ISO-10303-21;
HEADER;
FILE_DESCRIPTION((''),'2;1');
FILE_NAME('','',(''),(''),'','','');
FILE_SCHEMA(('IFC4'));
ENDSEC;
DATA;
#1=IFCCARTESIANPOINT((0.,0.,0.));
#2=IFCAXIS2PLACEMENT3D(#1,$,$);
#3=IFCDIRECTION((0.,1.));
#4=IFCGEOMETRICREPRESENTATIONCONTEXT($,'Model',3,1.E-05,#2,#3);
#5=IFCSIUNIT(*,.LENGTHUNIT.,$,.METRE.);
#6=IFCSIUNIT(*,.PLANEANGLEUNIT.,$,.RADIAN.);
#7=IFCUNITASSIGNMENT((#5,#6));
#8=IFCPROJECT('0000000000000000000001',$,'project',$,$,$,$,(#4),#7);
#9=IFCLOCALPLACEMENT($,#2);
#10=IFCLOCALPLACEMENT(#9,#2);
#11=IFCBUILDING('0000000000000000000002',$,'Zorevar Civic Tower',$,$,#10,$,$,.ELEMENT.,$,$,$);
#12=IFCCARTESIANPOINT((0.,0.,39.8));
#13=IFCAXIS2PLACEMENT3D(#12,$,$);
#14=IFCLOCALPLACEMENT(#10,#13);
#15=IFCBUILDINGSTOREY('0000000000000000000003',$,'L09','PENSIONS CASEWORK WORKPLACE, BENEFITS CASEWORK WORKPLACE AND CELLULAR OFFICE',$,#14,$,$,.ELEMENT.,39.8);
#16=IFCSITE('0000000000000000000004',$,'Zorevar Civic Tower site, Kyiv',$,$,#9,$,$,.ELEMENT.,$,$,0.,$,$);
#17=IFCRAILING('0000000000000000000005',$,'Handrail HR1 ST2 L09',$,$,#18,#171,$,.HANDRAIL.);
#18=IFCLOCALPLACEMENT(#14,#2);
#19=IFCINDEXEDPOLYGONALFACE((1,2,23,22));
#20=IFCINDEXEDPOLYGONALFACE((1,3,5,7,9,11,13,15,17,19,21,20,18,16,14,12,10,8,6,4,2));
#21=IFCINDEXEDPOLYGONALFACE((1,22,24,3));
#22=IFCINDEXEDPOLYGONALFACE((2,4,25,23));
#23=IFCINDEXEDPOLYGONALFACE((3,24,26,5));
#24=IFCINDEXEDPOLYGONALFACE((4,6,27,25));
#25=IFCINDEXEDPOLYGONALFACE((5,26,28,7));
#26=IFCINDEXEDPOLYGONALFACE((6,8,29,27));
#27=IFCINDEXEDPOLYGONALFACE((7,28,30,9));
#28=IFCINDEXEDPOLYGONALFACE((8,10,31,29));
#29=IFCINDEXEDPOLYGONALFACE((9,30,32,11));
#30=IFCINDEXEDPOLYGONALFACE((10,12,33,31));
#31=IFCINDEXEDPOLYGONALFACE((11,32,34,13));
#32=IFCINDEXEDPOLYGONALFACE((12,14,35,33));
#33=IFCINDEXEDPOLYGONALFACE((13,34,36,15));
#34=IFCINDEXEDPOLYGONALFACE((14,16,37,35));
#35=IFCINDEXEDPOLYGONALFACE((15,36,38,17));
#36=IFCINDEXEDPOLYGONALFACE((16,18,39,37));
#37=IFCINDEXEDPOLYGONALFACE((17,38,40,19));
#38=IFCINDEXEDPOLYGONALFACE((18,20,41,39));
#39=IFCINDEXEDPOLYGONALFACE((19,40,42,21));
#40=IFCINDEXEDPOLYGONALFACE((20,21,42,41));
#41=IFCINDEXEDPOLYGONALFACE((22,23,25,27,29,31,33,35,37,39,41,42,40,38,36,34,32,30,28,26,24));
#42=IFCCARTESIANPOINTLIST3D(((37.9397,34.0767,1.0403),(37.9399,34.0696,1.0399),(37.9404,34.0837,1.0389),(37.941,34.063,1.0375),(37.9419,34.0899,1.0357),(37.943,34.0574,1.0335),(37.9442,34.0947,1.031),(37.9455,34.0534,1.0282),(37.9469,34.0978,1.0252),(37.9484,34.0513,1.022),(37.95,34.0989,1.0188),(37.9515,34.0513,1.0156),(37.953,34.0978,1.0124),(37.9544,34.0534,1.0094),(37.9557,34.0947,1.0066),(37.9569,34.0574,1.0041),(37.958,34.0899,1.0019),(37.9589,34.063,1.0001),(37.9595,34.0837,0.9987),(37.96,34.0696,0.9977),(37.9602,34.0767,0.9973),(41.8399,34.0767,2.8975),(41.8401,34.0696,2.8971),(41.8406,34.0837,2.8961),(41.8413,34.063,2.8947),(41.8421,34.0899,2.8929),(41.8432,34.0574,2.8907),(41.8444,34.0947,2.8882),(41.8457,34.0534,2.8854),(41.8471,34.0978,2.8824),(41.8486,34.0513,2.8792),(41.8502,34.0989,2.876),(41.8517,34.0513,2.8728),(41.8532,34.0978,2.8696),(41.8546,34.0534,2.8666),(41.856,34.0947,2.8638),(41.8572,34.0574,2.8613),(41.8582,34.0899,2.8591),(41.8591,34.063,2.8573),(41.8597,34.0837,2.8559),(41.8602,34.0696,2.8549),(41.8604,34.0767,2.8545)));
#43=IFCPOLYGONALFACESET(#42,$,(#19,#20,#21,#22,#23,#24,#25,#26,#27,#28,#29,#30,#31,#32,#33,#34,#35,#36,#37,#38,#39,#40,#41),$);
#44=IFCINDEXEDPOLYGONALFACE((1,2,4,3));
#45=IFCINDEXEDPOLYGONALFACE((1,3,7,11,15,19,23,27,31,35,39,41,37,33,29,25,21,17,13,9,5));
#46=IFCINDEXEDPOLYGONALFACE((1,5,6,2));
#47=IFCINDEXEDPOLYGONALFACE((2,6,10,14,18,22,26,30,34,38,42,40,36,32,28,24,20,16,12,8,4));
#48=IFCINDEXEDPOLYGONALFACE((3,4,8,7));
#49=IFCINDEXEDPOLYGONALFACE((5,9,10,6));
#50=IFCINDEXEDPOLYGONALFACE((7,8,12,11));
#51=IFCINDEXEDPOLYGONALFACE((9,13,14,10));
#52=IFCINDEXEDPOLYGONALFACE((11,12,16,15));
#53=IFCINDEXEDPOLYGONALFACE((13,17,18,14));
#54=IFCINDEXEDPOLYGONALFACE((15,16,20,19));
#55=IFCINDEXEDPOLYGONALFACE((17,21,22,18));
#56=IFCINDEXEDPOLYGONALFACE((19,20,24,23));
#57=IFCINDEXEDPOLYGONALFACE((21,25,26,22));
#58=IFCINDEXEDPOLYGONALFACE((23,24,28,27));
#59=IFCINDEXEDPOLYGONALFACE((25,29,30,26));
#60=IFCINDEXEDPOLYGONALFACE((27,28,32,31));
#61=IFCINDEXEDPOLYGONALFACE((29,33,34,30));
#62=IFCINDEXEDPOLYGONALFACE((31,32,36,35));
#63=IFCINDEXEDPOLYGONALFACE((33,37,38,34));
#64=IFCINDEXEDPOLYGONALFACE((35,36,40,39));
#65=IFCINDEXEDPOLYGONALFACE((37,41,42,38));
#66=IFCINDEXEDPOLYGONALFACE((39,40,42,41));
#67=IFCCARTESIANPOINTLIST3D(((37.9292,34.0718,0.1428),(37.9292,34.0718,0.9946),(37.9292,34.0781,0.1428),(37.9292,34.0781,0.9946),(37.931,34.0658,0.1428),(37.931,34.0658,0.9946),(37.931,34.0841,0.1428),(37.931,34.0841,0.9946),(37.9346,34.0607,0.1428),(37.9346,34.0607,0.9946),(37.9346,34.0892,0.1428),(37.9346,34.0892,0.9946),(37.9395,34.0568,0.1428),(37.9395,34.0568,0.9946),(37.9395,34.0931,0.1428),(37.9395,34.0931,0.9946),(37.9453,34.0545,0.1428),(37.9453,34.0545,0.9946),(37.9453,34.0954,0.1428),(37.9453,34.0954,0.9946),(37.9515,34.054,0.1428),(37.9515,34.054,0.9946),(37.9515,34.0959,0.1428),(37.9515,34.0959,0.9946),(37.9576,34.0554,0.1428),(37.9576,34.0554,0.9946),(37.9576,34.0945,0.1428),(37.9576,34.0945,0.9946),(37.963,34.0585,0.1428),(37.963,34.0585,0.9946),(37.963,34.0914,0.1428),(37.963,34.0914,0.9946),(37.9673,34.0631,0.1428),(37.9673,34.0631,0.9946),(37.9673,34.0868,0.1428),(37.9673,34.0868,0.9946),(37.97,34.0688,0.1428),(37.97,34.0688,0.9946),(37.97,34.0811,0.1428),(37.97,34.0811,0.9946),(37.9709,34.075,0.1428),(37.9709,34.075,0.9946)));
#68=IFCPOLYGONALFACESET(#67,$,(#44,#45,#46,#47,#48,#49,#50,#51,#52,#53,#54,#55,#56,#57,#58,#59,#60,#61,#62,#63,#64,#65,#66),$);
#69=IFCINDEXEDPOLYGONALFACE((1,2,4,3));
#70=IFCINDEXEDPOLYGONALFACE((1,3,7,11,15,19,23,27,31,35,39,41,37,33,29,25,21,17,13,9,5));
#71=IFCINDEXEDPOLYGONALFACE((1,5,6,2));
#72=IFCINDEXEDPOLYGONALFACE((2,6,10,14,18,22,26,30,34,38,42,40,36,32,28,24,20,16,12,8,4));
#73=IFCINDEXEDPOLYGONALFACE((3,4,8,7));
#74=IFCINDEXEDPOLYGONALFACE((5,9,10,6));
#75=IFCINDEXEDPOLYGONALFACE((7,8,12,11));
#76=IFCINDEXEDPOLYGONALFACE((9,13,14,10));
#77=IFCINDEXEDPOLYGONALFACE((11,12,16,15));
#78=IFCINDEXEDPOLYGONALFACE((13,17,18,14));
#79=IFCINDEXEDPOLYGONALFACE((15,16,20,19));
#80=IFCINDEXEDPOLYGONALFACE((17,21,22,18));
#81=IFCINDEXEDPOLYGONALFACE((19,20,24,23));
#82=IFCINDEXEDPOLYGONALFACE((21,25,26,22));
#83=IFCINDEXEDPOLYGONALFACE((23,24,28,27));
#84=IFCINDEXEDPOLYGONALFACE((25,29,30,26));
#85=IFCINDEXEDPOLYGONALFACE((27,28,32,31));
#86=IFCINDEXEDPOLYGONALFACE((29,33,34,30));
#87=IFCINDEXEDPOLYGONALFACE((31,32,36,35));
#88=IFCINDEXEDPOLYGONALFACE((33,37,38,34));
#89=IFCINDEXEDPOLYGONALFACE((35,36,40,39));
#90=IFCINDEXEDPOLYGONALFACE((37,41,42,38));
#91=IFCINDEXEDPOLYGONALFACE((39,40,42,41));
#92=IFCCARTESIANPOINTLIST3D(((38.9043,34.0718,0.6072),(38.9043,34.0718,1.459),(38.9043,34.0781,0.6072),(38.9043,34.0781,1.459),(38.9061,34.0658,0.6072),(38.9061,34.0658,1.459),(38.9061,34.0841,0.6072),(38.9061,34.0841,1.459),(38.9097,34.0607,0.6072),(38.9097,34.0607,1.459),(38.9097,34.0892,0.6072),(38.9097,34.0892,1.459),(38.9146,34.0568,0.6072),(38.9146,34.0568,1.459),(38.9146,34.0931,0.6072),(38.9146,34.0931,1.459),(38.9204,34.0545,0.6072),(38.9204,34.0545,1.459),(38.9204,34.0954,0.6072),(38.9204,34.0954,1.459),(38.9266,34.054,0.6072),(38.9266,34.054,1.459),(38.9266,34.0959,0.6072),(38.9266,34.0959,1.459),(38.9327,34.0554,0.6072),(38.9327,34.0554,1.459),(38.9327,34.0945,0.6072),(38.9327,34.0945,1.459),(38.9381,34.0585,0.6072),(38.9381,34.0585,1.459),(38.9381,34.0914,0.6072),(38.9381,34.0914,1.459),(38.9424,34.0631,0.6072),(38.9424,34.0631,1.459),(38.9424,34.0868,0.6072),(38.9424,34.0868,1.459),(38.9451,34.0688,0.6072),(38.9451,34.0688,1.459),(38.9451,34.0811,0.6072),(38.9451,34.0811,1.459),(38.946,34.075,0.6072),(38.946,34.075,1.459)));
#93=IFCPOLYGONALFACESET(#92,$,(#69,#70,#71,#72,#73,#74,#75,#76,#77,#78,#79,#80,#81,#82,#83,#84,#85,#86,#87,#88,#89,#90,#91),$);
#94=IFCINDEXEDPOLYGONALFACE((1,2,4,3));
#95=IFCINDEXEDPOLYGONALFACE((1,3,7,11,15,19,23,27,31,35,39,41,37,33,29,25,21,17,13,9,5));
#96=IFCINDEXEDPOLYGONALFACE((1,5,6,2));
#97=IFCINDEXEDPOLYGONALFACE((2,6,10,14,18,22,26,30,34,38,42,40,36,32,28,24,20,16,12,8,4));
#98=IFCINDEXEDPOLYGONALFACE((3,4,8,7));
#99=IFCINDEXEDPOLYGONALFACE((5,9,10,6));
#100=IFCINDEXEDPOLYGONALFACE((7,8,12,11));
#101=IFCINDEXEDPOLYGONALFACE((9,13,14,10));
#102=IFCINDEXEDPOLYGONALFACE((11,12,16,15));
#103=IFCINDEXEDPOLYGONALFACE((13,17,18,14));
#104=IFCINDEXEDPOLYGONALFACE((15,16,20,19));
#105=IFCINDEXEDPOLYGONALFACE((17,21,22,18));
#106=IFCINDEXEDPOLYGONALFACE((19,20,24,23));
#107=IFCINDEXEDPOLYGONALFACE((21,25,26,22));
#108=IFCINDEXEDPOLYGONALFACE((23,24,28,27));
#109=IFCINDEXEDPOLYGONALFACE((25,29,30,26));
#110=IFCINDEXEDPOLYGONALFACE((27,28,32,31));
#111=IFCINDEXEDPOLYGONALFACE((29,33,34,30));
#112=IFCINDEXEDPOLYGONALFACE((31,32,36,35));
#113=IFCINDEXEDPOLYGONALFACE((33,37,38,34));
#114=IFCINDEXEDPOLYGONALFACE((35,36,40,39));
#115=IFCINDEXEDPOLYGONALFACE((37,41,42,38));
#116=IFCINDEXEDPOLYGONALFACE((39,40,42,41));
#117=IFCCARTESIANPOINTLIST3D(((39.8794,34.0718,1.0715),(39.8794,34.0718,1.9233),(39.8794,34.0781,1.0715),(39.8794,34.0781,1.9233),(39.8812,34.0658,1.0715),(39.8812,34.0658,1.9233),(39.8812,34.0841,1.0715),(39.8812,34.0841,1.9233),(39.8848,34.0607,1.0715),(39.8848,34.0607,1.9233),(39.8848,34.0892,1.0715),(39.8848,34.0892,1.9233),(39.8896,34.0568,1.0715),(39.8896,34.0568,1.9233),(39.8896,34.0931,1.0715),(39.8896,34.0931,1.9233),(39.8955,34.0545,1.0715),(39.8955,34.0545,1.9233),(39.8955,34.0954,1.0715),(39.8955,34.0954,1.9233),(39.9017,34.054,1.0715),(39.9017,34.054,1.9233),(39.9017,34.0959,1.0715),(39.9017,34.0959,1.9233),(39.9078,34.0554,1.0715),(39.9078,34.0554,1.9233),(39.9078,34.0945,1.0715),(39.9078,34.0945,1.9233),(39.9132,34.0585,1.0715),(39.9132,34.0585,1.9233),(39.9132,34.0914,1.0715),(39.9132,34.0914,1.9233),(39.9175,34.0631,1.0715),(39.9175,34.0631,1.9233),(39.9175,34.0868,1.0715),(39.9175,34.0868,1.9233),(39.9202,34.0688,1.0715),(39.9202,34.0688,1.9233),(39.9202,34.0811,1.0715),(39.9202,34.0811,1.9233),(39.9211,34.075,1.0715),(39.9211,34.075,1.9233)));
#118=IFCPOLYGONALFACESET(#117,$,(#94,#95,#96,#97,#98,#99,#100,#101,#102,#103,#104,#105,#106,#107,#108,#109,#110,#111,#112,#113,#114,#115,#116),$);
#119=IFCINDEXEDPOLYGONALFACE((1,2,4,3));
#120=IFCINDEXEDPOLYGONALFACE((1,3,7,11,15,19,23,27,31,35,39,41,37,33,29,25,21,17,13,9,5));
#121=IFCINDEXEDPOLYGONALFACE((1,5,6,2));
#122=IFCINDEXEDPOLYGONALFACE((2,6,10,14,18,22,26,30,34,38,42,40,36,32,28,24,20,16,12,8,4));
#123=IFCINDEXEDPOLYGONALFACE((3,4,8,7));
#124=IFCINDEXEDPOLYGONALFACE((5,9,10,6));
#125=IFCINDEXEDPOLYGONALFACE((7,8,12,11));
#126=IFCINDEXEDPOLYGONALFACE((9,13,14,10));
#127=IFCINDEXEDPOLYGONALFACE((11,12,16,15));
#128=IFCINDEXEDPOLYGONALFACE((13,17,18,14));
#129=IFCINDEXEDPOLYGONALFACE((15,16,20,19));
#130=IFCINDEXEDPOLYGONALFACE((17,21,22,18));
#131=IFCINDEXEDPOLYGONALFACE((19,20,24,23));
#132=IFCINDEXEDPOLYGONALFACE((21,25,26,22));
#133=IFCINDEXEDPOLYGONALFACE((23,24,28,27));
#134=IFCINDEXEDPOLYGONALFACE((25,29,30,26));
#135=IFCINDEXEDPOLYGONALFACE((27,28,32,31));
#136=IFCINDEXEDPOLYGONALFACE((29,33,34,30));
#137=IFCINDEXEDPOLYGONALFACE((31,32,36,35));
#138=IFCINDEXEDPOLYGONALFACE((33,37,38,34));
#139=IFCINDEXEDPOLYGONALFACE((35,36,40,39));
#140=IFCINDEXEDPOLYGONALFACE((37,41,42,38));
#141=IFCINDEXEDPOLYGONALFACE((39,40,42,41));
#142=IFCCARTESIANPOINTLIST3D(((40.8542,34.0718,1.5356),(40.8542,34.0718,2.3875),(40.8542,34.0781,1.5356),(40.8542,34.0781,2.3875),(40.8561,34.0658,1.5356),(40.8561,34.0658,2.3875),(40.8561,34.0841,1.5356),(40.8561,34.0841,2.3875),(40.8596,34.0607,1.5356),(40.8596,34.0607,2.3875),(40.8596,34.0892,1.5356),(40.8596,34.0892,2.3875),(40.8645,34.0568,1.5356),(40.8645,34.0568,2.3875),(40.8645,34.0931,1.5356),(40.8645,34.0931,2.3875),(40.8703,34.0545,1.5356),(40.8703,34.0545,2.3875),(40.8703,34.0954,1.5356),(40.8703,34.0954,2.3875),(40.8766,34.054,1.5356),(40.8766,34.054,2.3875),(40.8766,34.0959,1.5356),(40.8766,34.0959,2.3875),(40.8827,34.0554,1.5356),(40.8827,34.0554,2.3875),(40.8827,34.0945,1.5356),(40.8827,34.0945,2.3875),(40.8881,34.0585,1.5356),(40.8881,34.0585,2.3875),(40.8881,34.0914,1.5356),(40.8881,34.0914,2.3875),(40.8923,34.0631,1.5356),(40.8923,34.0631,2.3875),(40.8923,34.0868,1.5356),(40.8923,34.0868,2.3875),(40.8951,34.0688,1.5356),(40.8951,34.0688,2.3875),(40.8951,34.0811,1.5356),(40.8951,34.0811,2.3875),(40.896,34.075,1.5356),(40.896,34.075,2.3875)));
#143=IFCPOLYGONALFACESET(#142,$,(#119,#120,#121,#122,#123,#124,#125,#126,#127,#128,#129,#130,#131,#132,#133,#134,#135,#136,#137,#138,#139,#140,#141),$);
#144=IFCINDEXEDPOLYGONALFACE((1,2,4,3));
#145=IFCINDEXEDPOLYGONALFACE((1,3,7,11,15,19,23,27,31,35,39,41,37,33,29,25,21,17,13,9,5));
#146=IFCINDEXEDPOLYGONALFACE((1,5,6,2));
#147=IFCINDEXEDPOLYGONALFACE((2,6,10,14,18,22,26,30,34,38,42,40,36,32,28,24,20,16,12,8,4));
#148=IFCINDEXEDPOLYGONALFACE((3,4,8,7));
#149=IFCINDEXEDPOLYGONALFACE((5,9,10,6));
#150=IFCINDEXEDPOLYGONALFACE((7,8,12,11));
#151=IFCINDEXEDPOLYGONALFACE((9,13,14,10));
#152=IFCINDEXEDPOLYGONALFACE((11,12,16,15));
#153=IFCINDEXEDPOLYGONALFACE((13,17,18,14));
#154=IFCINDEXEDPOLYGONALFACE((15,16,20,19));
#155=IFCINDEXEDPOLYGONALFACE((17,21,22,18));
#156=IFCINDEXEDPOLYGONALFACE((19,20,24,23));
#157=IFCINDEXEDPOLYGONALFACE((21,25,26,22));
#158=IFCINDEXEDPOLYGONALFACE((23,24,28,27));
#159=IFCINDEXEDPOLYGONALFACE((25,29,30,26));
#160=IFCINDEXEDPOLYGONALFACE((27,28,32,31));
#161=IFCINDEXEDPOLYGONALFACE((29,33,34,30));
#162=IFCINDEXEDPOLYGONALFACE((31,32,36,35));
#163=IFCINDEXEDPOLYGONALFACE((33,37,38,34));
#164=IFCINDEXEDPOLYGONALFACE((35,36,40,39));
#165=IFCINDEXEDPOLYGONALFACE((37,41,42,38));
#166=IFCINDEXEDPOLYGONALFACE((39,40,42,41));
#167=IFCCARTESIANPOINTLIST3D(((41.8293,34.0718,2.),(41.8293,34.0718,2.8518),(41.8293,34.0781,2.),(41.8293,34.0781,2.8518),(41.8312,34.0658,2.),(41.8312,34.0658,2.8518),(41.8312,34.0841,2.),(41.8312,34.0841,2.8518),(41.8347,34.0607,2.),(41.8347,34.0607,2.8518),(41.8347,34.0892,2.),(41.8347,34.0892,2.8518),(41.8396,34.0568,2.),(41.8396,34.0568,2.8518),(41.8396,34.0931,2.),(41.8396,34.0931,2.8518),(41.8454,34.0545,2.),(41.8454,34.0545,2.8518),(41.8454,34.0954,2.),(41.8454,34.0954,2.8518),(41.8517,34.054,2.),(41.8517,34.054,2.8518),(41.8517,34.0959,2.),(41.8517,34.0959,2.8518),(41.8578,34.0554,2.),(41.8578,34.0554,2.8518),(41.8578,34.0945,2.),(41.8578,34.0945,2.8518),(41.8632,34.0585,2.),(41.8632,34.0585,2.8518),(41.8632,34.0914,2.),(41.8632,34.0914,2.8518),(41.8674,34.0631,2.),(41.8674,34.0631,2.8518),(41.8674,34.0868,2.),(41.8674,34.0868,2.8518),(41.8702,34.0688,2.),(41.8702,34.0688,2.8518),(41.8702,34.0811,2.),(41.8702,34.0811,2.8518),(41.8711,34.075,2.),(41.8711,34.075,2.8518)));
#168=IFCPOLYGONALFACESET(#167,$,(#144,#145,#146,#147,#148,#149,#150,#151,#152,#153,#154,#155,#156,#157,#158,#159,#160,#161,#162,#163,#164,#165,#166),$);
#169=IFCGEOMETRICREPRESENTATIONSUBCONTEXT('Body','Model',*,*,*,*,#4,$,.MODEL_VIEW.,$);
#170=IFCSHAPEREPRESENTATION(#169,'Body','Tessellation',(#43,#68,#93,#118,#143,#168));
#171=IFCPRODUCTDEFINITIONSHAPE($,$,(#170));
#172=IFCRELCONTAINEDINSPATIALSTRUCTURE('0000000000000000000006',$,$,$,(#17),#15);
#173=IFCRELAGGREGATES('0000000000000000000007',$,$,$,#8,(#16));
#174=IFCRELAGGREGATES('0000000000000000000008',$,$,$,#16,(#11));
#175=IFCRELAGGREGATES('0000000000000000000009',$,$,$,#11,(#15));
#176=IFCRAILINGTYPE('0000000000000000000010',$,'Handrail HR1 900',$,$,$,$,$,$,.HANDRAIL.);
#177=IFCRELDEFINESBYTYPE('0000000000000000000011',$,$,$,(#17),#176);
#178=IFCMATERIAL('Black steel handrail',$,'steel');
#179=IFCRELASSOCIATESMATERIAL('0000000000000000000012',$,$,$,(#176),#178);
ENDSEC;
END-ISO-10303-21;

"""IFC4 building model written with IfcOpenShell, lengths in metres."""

from ifc_helpers import new_model, si_unit, direction, frame, origin, origin_2d, place, context, subcontext, project, spatial, circle, extrude, material, type_object, element, save


model = new_model("IFC4")

# Units and contexts
model_context = context("Model", 3, precision=1e-05, world=origin(), true_north=direction((0.0, 1.0)))
body_context = subcontext(model_context, "Body", "Model", "MODEL_VIEW")
ifc_project = project(units=[si_unit("LENGTHUNIT", "METRE"), si_unit("PLANEANGLEUNIT", "RADIAN")], contexts=[model_context])

# Site, building, storey
site_placement = place(None, origin())
site = spatial("IfcSite", under=ifc_project, at=site_placement, Name="Zorevar Civic Tower site, Kyiv", CompositionType="ELEMENT", RefElevation=0.0)
building_placement = place(site_placement, origin())
building = spatial("IfcBuilding", under=site, at=building_placement, Name="Zorevar Civic Tower", CompositionType="ELEMENT")
storey_placement = place(building_placement, frame((0.0, 0.0, 39.8)))
storey = spatial("IfcBuildingStorey", under=building, at=storey_placement, Name="L09", Description="PENSIONS CASEWORK WORKPLACE, BENEFITS CASEWORK WORKPLACE AND CELLULAR OFFICE", CompositionType="ELEMENT", Elevation=39.8)

# Railing
ifc_material_1 = material(Name="Black steel handrail", Category="steel")
railing_type = type_object("IfcRailingType", Name="Handrail HR1 900", PredefinedType="HANDRAIL", material=ifc_material_1)
railing_1_placement = place(storey_placement, frame((37.95, 34.075, 0.1428)))
element("IfcRailing", 1, at=railing_1_placement, inside=storey, type_object=railing_type, Name="Handrail HR1 ST2 L09", PredefinedType="HANDRAIL", context=body_context, shape_type="SweptSolid", body=[
    extrude(circle(Radius=0.0239, at=origin_2d()), frame((0.0, 0.0, 0.876), z_axis=(0.902864, 0.0, 0.429927), x_axis=(0.0, 1.0, 0.0)), (0.0, 0.0, 1.0), 4.3198),
    extrude(circle(Radius=0.021, at=origin_2d()), origin(), (0.0, 0.0, 1.0), 0.8518),
    extrude(circle(Radius=0.021, at=origin_2d()), frame((0.9751, 0.0, 0.4644)), (0.0, 0.0, 1.0), 0.8518),
    extrude(circle(Radius=0.021, at=origin_2d()), frame((1.9502, 0.0, 0.9287)), (0.0, 0.0, 1.0), 0.8518),
    extrude(circle(Radius=0.021, at=origin_2d()), frame((2.925, 0.0, 1.3928)), (0.0, 0.0, 1.0), 0.8518),
    extrude(circle(Radius=0.021, at=origin_2d()), frame((3.9001, 0.0, 1.8572)), (0.0, 0.0, 1.0), 0.8518),
])

save(model, "model.ifc")
